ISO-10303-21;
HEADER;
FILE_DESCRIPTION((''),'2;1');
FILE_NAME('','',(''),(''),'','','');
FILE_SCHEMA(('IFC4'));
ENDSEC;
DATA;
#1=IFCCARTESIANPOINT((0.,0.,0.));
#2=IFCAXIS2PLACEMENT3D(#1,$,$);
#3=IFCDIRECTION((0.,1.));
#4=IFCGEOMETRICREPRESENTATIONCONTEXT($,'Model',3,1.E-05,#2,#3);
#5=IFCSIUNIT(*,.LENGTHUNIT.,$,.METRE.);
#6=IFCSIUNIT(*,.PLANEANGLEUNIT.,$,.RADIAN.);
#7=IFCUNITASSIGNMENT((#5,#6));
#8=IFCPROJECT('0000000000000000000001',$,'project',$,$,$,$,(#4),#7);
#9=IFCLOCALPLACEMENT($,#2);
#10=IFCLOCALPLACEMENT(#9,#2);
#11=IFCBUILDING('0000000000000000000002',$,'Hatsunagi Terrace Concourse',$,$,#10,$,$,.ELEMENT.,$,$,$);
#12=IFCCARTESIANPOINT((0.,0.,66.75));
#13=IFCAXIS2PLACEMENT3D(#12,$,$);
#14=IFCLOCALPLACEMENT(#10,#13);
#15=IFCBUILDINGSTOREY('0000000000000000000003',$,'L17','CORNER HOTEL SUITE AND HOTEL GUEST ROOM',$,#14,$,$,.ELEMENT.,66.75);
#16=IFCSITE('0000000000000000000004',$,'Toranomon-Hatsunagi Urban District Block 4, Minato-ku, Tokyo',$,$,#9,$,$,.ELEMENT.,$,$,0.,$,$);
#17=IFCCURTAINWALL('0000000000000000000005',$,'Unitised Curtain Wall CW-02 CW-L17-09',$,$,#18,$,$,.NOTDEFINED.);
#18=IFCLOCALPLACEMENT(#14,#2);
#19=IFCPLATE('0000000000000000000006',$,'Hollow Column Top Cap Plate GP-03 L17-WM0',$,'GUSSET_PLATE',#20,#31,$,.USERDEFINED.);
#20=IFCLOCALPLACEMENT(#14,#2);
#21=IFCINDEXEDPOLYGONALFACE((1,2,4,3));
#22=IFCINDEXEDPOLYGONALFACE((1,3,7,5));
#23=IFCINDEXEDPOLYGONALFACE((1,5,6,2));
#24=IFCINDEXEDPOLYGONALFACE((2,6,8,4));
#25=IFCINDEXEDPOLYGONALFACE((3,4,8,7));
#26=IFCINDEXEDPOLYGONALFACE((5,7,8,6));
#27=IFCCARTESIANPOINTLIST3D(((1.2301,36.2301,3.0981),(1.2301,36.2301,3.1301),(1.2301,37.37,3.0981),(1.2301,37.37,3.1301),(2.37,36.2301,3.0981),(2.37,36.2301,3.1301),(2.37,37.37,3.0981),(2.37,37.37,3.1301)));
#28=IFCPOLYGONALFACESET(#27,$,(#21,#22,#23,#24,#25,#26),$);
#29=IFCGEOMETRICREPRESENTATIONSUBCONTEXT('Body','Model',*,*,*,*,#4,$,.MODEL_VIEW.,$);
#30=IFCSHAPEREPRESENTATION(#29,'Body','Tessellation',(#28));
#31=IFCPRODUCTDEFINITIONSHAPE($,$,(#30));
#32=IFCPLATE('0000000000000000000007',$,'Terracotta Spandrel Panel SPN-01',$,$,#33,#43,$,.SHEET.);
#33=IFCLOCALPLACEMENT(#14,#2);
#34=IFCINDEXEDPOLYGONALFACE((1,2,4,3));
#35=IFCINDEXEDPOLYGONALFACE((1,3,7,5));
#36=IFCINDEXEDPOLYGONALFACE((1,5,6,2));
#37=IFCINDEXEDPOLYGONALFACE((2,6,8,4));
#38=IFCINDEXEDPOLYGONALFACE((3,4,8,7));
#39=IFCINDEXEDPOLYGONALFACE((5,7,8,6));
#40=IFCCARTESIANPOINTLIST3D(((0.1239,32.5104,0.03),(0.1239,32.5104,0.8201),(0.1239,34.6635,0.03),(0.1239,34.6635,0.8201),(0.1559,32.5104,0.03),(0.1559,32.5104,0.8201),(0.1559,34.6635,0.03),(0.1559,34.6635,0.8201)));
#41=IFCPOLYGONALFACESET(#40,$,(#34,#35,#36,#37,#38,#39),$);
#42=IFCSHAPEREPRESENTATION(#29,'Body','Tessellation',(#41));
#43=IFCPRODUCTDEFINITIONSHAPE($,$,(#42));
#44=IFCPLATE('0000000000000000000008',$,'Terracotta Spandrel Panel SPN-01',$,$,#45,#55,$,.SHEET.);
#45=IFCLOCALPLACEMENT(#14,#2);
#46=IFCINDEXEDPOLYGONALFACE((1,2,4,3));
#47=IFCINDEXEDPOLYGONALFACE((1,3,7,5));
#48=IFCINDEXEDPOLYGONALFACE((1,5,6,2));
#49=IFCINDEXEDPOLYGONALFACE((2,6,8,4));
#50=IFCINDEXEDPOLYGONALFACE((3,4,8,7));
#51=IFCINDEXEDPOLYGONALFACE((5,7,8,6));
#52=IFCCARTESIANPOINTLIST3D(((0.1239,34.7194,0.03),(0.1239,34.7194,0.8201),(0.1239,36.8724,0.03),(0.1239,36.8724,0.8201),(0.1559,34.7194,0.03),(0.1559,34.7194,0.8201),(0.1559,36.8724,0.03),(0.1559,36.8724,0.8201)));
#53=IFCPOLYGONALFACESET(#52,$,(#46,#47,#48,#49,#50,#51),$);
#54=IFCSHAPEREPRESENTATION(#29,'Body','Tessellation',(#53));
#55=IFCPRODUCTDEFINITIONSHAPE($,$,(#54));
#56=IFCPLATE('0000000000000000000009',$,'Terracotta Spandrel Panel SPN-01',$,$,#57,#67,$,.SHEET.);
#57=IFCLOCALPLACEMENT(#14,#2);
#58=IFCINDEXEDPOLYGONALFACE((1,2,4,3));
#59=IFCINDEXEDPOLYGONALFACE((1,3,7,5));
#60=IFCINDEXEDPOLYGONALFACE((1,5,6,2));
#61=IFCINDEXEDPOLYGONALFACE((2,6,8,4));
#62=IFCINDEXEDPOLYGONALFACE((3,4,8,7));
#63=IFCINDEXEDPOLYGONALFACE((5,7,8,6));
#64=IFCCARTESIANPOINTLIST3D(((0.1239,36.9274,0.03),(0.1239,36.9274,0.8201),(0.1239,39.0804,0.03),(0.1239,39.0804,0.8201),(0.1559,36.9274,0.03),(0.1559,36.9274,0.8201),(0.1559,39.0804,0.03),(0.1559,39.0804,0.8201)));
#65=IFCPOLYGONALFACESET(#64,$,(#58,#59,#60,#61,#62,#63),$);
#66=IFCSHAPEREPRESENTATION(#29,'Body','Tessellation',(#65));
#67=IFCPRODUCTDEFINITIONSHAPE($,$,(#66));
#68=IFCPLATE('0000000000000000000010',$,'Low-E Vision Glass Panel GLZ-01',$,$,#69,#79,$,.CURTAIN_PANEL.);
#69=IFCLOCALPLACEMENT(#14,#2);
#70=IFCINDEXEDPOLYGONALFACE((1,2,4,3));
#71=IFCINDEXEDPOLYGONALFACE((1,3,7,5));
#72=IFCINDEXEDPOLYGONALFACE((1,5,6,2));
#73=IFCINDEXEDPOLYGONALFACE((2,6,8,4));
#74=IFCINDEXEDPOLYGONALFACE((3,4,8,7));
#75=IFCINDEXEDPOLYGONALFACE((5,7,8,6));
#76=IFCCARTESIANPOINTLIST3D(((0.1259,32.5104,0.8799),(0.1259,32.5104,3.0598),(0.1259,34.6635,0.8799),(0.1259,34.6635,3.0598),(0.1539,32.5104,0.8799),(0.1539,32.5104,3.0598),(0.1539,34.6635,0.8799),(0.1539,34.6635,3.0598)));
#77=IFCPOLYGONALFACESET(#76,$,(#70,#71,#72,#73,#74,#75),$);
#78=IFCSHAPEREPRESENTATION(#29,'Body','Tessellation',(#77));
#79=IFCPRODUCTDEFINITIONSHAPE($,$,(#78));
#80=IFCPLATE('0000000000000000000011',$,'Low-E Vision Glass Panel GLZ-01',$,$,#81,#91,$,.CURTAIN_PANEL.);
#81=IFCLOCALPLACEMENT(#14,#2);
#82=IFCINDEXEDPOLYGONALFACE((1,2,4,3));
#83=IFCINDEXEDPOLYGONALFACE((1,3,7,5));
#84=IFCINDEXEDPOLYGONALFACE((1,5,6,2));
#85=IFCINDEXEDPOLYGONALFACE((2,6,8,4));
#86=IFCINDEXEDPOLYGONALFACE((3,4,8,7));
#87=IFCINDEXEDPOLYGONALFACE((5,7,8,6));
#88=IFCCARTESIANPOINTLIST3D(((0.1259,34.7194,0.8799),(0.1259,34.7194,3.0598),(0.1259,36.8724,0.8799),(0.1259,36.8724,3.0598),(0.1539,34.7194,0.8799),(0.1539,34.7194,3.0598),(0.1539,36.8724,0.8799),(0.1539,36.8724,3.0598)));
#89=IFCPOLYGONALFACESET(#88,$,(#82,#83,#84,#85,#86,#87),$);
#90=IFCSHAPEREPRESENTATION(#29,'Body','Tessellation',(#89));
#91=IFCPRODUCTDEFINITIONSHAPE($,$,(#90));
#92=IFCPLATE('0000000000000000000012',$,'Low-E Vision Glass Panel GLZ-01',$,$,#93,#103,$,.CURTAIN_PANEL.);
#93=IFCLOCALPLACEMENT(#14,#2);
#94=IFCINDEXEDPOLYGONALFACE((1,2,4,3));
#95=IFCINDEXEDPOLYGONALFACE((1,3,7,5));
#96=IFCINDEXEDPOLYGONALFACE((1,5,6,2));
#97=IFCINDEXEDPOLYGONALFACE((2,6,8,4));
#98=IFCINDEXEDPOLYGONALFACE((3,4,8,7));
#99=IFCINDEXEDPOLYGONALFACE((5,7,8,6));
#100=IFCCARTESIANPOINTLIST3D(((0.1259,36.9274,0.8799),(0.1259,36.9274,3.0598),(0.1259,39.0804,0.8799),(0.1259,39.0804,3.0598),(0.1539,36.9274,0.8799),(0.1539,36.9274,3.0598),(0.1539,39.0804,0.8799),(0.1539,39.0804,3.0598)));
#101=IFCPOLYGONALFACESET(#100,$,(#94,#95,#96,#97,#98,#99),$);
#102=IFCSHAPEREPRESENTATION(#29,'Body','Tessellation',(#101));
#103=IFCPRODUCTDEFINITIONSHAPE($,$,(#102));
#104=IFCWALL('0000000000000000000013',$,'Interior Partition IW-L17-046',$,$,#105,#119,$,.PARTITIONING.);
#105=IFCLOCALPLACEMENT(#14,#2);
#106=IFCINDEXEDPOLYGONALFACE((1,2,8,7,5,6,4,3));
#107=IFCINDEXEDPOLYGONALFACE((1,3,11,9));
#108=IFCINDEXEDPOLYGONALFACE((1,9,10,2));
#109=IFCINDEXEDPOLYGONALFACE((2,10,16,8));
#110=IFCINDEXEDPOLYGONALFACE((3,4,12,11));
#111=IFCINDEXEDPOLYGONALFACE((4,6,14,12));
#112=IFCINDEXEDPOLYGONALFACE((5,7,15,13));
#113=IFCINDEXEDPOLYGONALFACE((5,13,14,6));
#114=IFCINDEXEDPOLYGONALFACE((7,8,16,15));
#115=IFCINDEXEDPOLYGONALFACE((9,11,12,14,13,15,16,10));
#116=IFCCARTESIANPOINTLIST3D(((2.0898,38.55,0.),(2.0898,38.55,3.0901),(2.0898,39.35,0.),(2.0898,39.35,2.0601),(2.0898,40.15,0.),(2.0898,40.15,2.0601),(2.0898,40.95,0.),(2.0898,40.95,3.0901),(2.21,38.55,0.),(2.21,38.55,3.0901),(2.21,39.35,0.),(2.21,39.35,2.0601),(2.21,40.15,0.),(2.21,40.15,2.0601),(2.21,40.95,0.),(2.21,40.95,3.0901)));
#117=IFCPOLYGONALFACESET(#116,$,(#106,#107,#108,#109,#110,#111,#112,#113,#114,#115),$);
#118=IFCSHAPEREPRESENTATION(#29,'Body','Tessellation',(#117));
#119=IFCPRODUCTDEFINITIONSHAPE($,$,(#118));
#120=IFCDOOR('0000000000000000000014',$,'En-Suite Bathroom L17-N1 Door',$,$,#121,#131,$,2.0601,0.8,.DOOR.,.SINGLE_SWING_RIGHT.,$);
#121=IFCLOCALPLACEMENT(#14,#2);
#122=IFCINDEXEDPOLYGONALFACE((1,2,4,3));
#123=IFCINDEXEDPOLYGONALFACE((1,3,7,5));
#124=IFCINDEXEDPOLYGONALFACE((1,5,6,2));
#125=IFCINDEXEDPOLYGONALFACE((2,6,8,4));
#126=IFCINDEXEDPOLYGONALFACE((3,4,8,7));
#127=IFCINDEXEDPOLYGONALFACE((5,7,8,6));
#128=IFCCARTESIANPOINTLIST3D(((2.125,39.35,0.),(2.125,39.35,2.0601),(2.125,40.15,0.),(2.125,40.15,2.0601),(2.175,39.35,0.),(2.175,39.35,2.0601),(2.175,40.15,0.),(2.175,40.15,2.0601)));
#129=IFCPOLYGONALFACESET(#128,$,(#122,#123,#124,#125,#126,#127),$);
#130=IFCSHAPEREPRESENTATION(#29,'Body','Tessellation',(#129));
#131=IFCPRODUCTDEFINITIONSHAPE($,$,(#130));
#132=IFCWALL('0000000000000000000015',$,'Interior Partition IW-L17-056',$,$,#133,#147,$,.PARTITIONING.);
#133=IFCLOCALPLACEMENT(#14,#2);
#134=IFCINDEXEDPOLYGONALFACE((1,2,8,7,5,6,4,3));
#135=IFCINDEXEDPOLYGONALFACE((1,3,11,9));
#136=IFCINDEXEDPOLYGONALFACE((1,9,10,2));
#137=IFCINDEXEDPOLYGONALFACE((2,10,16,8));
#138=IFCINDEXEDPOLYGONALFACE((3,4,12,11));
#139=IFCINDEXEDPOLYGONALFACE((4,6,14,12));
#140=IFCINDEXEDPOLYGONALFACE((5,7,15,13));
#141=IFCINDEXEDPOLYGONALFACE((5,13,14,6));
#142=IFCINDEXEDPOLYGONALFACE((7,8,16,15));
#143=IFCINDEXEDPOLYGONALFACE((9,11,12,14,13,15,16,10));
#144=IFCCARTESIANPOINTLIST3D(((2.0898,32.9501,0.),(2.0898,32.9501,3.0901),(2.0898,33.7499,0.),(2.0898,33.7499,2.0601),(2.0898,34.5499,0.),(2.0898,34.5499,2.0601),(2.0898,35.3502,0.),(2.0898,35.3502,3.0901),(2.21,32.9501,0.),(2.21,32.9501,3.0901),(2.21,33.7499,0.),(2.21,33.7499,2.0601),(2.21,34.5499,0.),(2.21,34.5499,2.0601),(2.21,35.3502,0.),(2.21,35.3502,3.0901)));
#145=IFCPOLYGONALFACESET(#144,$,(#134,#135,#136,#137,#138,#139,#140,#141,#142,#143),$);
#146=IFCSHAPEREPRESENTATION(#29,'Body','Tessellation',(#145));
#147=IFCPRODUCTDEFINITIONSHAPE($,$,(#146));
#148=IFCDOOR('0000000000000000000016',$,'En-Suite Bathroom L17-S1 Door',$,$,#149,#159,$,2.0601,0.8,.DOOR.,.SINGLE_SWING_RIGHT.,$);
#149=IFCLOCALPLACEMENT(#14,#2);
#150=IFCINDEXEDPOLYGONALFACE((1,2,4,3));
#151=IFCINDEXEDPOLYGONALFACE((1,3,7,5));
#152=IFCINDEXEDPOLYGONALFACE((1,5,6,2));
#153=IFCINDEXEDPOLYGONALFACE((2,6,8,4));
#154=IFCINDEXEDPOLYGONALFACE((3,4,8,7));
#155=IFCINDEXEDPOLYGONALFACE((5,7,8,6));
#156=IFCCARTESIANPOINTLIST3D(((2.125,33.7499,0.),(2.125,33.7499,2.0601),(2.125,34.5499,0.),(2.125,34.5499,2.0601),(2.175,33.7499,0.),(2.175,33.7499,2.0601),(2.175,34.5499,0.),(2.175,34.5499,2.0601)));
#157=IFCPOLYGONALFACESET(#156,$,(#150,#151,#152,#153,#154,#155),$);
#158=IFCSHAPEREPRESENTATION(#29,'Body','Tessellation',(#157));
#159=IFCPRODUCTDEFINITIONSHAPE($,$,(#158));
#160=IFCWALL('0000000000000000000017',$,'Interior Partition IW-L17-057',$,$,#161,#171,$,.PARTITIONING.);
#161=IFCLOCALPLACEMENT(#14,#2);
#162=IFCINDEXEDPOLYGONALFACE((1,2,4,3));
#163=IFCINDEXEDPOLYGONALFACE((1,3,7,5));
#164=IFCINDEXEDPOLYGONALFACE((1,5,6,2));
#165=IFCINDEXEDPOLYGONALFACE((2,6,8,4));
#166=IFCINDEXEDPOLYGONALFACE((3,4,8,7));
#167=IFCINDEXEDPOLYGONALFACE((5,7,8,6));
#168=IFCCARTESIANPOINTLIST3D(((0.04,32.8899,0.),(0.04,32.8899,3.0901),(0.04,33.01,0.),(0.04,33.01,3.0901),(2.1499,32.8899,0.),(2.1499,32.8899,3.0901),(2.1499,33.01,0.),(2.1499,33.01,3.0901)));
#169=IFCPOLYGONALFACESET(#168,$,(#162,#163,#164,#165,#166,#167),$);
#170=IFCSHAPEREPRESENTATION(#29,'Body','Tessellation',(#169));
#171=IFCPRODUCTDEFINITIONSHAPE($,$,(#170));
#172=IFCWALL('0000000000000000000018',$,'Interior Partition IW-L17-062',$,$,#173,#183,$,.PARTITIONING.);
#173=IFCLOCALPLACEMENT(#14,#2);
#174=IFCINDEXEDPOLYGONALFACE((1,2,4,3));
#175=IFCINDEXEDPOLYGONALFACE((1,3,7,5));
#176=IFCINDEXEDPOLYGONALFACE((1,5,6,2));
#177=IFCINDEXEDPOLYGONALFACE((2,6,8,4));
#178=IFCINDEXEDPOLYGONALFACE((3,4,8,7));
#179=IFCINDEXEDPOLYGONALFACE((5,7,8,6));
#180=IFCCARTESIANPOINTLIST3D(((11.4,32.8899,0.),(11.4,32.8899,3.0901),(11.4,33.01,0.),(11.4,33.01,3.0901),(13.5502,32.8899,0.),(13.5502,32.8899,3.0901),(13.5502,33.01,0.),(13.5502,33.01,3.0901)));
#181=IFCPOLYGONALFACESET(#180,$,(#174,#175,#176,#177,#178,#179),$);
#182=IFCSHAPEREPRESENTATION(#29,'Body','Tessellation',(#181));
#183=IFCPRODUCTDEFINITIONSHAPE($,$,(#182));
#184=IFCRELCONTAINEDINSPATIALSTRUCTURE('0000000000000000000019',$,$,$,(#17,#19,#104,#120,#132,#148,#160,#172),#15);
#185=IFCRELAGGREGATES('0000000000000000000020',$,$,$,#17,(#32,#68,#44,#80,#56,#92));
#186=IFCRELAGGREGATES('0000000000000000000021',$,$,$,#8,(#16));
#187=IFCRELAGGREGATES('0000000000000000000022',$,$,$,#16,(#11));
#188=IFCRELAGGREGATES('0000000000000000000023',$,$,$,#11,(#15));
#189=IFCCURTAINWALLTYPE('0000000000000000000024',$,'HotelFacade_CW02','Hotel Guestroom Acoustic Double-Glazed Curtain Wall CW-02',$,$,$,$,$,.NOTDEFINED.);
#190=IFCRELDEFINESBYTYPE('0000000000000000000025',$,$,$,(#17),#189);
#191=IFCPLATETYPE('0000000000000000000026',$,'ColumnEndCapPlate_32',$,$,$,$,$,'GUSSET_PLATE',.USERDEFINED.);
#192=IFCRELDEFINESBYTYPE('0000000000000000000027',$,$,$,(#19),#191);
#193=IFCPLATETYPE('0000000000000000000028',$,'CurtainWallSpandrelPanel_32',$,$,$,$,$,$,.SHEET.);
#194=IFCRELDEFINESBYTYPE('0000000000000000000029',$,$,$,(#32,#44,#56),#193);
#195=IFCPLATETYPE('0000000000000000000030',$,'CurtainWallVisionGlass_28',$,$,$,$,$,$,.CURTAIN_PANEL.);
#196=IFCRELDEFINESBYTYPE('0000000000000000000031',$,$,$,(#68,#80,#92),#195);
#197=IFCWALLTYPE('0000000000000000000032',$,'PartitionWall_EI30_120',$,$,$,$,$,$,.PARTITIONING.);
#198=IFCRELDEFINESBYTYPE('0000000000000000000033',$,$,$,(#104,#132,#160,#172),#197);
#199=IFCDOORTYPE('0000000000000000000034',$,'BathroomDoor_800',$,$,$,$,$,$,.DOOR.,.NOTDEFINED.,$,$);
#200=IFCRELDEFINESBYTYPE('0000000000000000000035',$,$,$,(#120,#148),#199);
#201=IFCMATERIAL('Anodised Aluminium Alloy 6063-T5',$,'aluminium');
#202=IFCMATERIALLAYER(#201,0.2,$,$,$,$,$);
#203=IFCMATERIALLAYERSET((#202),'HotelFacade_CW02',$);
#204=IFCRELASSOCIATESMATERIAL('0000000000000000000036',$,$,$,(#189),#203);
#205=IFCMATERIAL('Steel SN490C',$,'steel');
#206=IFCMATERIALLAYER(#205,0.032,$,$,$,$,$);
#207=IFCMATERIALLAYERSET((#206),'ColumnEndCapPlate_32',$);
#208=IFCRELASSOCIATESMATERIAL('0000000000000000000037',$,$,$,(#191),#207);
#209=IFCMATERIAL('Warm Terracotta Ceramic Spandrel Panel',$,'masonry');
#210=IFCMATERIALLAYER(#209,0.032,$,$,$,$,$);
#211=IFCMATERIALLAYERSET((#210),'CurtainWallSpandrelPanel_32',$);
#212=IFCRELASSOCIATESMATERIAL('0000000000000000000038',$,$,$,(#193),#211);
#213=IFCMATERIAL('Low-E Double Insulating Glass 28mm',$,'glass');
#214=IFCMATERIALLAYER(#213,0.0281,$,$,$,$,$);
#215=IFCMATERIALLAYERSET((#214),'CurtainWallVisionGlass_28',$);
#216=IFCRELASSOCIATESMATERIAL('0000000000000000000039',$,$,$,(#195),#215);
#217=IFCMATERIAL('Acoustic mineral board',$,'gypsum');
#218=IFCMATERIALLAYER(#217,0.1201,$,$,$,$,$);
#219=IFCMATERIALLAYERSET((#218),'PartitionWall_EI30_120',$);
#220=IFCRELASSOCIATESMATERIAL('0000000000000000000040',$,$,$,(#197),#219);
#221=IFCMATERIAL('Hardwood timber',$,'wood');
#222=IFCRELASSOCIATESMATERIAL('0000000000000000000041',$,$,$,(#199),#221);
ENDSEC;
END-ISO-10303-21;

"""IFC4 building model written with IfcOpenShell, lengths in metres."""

from ifc_helpers import new_model, si_unit, direction, frame, frame_2d, origin, origin_2d, place, context, subcontext, project, spatial, rectangle, extrude, material, layer, layer_set, type_object, element, fill, aggregate, save


model = new_model("IFC4")

# Units and contexts
model_context = context("Model", 3, precision=1e-05, world=origin(), true_north=direction((0.0, 1.0)))
body_context = subcontext(model_context, "Body", "Model", "MODEL_VIEW")
ifc_project = project(units=[si_unit("LENGTHUNIT", "METRE"), si_unit("PLANEANGLEUNIT", "RADIAN")], contexts=[model_context])

# Site, building, storey
site_placement = place(None, origin())
site = spatial("IfcSite", under=ifc_project, at=site_placement, Name="Toranomon-Hatsunagi Urban District Block 4, Minato-ku, Tokyo", CompositionType="ELEMENT", RefElevation=0.0)
building_placement = place(site_placement, origin())
building = spatial("IfcBuilding", under=site, at=building_placement, Name="Hatsunagi Terrace Concourse", CompositionType="ELEMENT")
storey_placement = place(building_placement, frame((0.0, 0.0, 66.75)))
storey = spatial("IfcBuildingStorey", under=building, at=storey_placement, Name="L17", Description="CORNER HOTEL SUITE AND HOTEL GUEST ROOM", CompositionType="ELEMENT", Elevation=66.75)

# Curtain wall
ifc_material_1 = material(Name="Anodised Aluminium Alloy 6063-T5", Category="aluminium")
ifc_layer_1 = layer(ifc_material_1, 0.2)
ifc_layer_set_1 = layer_set([ifc_layer_1], Name="HotelFacade_CW02")
curtain_wall_type = type_object("IfcCurtainWallType", Name="HotelFacade_CW02", Description="Hotel Guestroom Acoustic Double-Glazed Curtain Wall CW-02", PredefinedType="NOTDEFINED", material=ifc_layer_set_1)
curtain_wall_placement = place(storey_placement, origin())
curtain_wall = element("IfcCurtainWall", 1, at=curtain_wall_placement, inside=storey, type_object=curtain_wall_type, Name="Unitised Curtain Wall CW-02 CW-L17-09", PredefinedType="NOTDEFINED")

# Plates
ifc_material_2 = material(Name="Steel SN490C", Category="steel")
ifc_layer_2 = layer(ifc_material_2, 0.032)
ifc_layer_set_2 = layer_set([ifc_layer_2], Name="ColumnEndCapPlate_32")
plate_type_1 = type_object("IfcPlateType", Name="ColumnEndCapPlate_32", ElementType="GUSSET_PLATE", PredefinedType="USERDEFINED", material=ifc_layer_set_2)
plate_1_placement = place(storey_placement, frame((1.8, 36.8, 3.0981), z_axis=(0.0, 0.0, 1.0), x_axis=(1.0, 0.0, 0.0)))
element("IfcPlate", 2, at=plate_1_placement, inside=storey, type_object=plate_type_1, Name="Hollow Column Top Cap Plate GP-03 L17-WM0", ObjectType="GUSSET_PLATE", PredefinedType="USERDEFINED", context=body_context, shape_type="SweptSolid", body=[
    extrude(rectangle(XDim=1.1399, YDim=1.1399, at=origin_2d()), origin(), (0.0, 0.0, 1.0), 0.032),
])
ifc_material_3 = material(Name="Warm Terracotta Ceramic Spandrel Panel", Category="masonry")
ifc_layer_3 = layer(ifc_material_3, 0.032)
ifc_layer_set_3 = layer_set([ifc_layer_3], Name="CurtainWallSpandrelPanel_32")
plate_type_2 = type_object("IfcPlateType", Name="CurtainWallSpandrelPanel_32", PredefinedType="SHEET", material=ifc_layer_set_3)
plate_2_placement = place(storey_placement, frame((0.1399, 33.5869, 0.03), z_axis=(0.0, 0.0, 1.0), x_axis=(0.0, 1.0, 0.0)))
plate_2 = element("IfcPlate", 3, at=plate_2_placement, type_object=plate_type_2, Name="Terracotta Spandrel Panel SPN-01", PredefinedType="SHEET", context=body_context, shape_type="SweptSolid", body=[
    extrude(rectangle(XDim=2.1531, YDim=0.032, at=origin_2d()), origin(), (0.0, 0.0, 1.0), 0.79),
])
plate_3_placement = place(storey_placement, frame((0.1399, 35.7959, 0.03), z_axis=(0.0, 0.0, 1.0), x_axis=(0.0, 1.0, 0.0)))
plate_3 = element("IfcPlate", 4, at=plate_3_placement, type_object=plate_type_2, Name="Terracotta Spandrel Panel SPN-01", PredefinedType="SHEET", context=body_context, shape_type="SweptSolid", body=[
    extrude(rectangle(XDim=2.1531, YDim=0.032, at=origin_2d()), origin(), (0.0, 0.0, 1.0), 0.79),
])
plate_4_placement = place(storey_placement, frame((0.1399, 38.0039, 0.03), z_axis=(0.0, 0.0, 1.0), x_axis=(0.0, 1.0, 0.0)))
plate_4 = element("IfcPlate", 5, at=plate_4_placement, type_object=plate_type_2, Name="Terracotta Spandrel Panel SPN-01", PredefinedType="SHEET", context=body_context, shape_type="SweptSolid", body=[
    extrude(rectangle(XDim=2.1531, YDim=0.032, at=origin_2d()), origin(), (0.0, 0.0, 1.0), 0.79),
])
ifc_material_4 = material(Name="Low-E Double Insulating Glass 28mm", Category="glass")
ifc_layer_4 = layer(ifc_material_4, 0.0281)
ifc_layer_set_4 = layer_set([ifc_layer_4], Name="CurtainWallVisionGlass_28")
plate_type_3 = type_object("IfcPlateType", Name="CurtainWallVisionGlass_28", PredefinedType="CURTAIN_PANEL", material=ifc_layer_set_4)
plate_5_placement = place(storey_placement, frame((0.1399, 33.5869, 0.8799), z_axis=(0.0, 0.0, 1.0), x_axis=(0.0, 1.0, 0.0)))
plate_5 = element("IfcPlate", 6, at=plate_5_placement, type_object=plate_type_3, Name="Low-E Vision Glass Panel GLZ-01", PredefinedType="CURTAIN_PANEL", context=body_context, shape_type="SweptSolid", body=[
    extrude(rectangle(XDim=2.1531, YDim=0.0281, at=origin_2d()), origin(), (0.0, 0.0, 1.0), 2.1799),
])
plate_6_placement = place(storey_placement, frame((0.1399, 35.7959, 0.8799), z_axis=(0.0, 0.0, 1.0), x_axis=(0.0, 1.0, 0.0)))
plate_6 = element("IfcPlate", 7, at=plate_6_placement, type_object=plate_type_3, Name="Low-E Vision Glass Panel GLZ-01", PredefinedType="CURTAIN_PANEL", context=body_context, shape_type="SweptSolid", body=[
    extrude(rectangle(XDim=2.1531, YDim=0.0281, at=origin_2d()), origin(), (0.0, 0.0, 1.0), 2.1799),
])
plate_7_placement = place(storey_placement, frame((0.1399, 38.0039, 0.8799), z_axis=(0.0, 0.0, 1.0), x_axis=(0.0, 1.0, 0.0)))
plate_7 = element("IfcPlate", 8, at=plate_7_placement, type_object=plate_type_3, Name="Low-E Vision Glass Panel GLZ-01", PredefinedType="CURTAIN_PANEL", context=body_context, shape_type="SweptSolid", body=[
    extrude(rectangle(XDim=2.1531, YDim=0.0281, at=origin_2d()), origin(), (0.0, 0.0, 1.0), 2.1799),
])
aggregate(curtain_wall, [plate_2, plate_5, plate_3, plate_6, plate_4, plate_7])

# Walls, openings, doors
ifc_material_5 = material(Name="Acoustic mineral board", Category="gypsum")
ifc_layer_5 = layer(ifc_material_5, 0.1201)
ifc_layer_set_5 = layer_set([ifc_layer_5], Name="PartitionWall_EI30_120")
wall_type_1 = type_object("IfcWallType", Name="PartitionWall_EI30_120", PredefinedType="PARTITIONING", material=ifc_layer_set_5)
wall_1_placement = place(storey_placement, frame((2.1499, 38.55, 0.0), z_axis=(0.0, 0.0, 1.0), x_axis=(0.0, 1.0, 0.0)))
wall_1 = element("IfcWall", 9, at=wall_1_placement, inside=storey, type_object=wall_type_1, Name="Interior Partition IW-L17-046", PredefinedType="PARTITIONING", context=body_context, shape_type="SweptSolid", body=[
    extrude(rectangle(XDim=2.3999, YDim=0.1201, at=frame_2d((1.2, 0.0))), origin(), (0.0, 0.0, 1.0), 3.0901),
])
opening_1_placement = place(wall_1_placement, frame((0.8, 0.0, 0.0)))
opening_1 = element("IfcOpeningElement", 10, at=opening_1_placement, cuts=wall_1, PredefinedType="OPENING", context=body_context, shape_type="SweptSolid", body=[
    extrude(rectangle(XDim=0.8, YDim=2.0601, at=frame_2d((0.3999, 1.03))), frame((0.0, 0.0701, 0.0), z_axis=(0.0, -1.0, 0.0), x_axis=(1.0, 0.0, 0.0)), (0.0, 0.0, 1.0), 0.1401),
])
ifc_material_6 = material(Name="Hardwood timber", Category="wood")
door_type_1 = type_object("IfcDoorType", Name="BathroomDoor_800", OperationType="NOTDEFINED", PredefinedType="DOOR", material=ifc_material_6)
door_1_placement = place(opening_1_placement, origin())
door_1 = element("IfcDoor", 11, at=door_1_placement, inside=storey, type_object=door_type_1, Name="En-Suite Bathroom L17-N1 Door", OperationType="SINGLE_SWING_RIGHT", OverallHeight=2.0601, OverallWidth=0.8, PredefinedType="DOOR", context=body_context, shape_type="SweptSolid", body=[
    extrude(rectangle(XDim=0.8, YDim=2.0601, at=frame_2d((0.3999, 1.03))), frame((0.0, 0.0249, 0.0), z_axis=(0.0, -1.0, 0.0), x_axis=(1.0, 0.0, 0.0)), (0.0, 0.0, 1.0), 0.05),
])
fill(opening_1, door_1)
wall_2_placement = place(storey_placement, frame((2.1499, 32.95, 0.0), z_axis=(0.0, 0.0, 1.0), x_axis=(0.0, 1.0, 0.0)))
wall_2 = element("IfcWall", 12, at=wall_2_placement, inside=storey, type_object=wall_type_1, Name="Interior Partition IW-L17-056", PredefinedType="PARTITIONING", context=body_context, shape_type="SweptSolid", body=[
    extrude(rectangle(XDim=2.4001, YDim=0.1201, at=frame_2d((1.2002, 0.0))), origin(), (0.0, 0.0, 1.0), 3.0901),
])
opening_2_placement = place(wall_2_placement, frame((0.8, 0.0, 0.0)))
opening_2 = element("IfcOpeningElement", 13, at=opening_2_placement, cuts=wall_2, PredefinedType="OPENING", context=body_context, shape_type="SweptSolid", body=[
    extrude(rectangle(XDim=0.8, YDim=2.0601, at=frame_2d((0.3999, 1.03))), frame((0.0, 0.0701, 0.0), z_axis=(0.0, -1.0, 0.0), x_axis=(1.0, 0.0, 0.0)), (0.0, 0.0, 1.0), 0.1401),
])
door_2_placement = place(opening_2_placement, origin())
door_2 = element("IfcDoor", 14, at=door_2_placement, inside=storey, type_object=door_type_1, Name="En-Suite Bathroom L17-S1 Door", OperationType="SINGLE_SWING_RIGHT", OverallHeight=2.0601, OverallWidth=0.8, PredefinedType="DOOR", context=body_context, shape_type="SweptSolid", body=[
    extrude(rectangle(XDim=0.8, YDim=2.0601, at=frame_2d((0.3999, 1.03))), frame((0.0, 0.0249, 0.0), z_axis=(0.0, -1.0, 0.0), x_axis=(1.0, 0.0, 0.0)), (0.0, 0.0, 1.0), 0.05),
])
fill(opening_2, door_2)

# Walls
wall_3_placement = place(storey_placement, frame((0.04, 32.95, 0.0), z_axis=(0.0, 0.0, 1.0), x_axis=(1.0, 0.0, 0.0)))
element("IfcWall", 15, at=wall_3_placement, inside=storey, type_object=wall_type_1, Name="Interior Partition IW-L17-057", PredefinedType="PARTITIONING", context=body_context, shape_type="SweptSolid", body=[
    extrude(rectangle(XDim=2.1099, YDim=0.1201, at=frame_2d((1.0549, 0.0))), origin(), (0.0, 0.0, 1.0), 3.0901),
])
wall_4_placement = place(storey_placement, frame((11.3999, 32.95, 0.0), z_axis=(0.0, 0.0, 1.0), x_axis=(1.0, 0.0, 0.0)))
element("IfcWall", 16, at=wall_4_placement, inside=storey, type_object=wall_type_1, Name="Interior Partition IW-L17-062", PredefinedType="PARTITIONING", context=body_context, shape_type="SweptSolid", body=[
    extrude(rectangle(XDim=2.1501, YDim=0.1201, at=frame_2d((1.0752, 0.0))), origin(), (0.0, 0.0, 1.0), 3.0901),
])

save(model, "model.ifc")
